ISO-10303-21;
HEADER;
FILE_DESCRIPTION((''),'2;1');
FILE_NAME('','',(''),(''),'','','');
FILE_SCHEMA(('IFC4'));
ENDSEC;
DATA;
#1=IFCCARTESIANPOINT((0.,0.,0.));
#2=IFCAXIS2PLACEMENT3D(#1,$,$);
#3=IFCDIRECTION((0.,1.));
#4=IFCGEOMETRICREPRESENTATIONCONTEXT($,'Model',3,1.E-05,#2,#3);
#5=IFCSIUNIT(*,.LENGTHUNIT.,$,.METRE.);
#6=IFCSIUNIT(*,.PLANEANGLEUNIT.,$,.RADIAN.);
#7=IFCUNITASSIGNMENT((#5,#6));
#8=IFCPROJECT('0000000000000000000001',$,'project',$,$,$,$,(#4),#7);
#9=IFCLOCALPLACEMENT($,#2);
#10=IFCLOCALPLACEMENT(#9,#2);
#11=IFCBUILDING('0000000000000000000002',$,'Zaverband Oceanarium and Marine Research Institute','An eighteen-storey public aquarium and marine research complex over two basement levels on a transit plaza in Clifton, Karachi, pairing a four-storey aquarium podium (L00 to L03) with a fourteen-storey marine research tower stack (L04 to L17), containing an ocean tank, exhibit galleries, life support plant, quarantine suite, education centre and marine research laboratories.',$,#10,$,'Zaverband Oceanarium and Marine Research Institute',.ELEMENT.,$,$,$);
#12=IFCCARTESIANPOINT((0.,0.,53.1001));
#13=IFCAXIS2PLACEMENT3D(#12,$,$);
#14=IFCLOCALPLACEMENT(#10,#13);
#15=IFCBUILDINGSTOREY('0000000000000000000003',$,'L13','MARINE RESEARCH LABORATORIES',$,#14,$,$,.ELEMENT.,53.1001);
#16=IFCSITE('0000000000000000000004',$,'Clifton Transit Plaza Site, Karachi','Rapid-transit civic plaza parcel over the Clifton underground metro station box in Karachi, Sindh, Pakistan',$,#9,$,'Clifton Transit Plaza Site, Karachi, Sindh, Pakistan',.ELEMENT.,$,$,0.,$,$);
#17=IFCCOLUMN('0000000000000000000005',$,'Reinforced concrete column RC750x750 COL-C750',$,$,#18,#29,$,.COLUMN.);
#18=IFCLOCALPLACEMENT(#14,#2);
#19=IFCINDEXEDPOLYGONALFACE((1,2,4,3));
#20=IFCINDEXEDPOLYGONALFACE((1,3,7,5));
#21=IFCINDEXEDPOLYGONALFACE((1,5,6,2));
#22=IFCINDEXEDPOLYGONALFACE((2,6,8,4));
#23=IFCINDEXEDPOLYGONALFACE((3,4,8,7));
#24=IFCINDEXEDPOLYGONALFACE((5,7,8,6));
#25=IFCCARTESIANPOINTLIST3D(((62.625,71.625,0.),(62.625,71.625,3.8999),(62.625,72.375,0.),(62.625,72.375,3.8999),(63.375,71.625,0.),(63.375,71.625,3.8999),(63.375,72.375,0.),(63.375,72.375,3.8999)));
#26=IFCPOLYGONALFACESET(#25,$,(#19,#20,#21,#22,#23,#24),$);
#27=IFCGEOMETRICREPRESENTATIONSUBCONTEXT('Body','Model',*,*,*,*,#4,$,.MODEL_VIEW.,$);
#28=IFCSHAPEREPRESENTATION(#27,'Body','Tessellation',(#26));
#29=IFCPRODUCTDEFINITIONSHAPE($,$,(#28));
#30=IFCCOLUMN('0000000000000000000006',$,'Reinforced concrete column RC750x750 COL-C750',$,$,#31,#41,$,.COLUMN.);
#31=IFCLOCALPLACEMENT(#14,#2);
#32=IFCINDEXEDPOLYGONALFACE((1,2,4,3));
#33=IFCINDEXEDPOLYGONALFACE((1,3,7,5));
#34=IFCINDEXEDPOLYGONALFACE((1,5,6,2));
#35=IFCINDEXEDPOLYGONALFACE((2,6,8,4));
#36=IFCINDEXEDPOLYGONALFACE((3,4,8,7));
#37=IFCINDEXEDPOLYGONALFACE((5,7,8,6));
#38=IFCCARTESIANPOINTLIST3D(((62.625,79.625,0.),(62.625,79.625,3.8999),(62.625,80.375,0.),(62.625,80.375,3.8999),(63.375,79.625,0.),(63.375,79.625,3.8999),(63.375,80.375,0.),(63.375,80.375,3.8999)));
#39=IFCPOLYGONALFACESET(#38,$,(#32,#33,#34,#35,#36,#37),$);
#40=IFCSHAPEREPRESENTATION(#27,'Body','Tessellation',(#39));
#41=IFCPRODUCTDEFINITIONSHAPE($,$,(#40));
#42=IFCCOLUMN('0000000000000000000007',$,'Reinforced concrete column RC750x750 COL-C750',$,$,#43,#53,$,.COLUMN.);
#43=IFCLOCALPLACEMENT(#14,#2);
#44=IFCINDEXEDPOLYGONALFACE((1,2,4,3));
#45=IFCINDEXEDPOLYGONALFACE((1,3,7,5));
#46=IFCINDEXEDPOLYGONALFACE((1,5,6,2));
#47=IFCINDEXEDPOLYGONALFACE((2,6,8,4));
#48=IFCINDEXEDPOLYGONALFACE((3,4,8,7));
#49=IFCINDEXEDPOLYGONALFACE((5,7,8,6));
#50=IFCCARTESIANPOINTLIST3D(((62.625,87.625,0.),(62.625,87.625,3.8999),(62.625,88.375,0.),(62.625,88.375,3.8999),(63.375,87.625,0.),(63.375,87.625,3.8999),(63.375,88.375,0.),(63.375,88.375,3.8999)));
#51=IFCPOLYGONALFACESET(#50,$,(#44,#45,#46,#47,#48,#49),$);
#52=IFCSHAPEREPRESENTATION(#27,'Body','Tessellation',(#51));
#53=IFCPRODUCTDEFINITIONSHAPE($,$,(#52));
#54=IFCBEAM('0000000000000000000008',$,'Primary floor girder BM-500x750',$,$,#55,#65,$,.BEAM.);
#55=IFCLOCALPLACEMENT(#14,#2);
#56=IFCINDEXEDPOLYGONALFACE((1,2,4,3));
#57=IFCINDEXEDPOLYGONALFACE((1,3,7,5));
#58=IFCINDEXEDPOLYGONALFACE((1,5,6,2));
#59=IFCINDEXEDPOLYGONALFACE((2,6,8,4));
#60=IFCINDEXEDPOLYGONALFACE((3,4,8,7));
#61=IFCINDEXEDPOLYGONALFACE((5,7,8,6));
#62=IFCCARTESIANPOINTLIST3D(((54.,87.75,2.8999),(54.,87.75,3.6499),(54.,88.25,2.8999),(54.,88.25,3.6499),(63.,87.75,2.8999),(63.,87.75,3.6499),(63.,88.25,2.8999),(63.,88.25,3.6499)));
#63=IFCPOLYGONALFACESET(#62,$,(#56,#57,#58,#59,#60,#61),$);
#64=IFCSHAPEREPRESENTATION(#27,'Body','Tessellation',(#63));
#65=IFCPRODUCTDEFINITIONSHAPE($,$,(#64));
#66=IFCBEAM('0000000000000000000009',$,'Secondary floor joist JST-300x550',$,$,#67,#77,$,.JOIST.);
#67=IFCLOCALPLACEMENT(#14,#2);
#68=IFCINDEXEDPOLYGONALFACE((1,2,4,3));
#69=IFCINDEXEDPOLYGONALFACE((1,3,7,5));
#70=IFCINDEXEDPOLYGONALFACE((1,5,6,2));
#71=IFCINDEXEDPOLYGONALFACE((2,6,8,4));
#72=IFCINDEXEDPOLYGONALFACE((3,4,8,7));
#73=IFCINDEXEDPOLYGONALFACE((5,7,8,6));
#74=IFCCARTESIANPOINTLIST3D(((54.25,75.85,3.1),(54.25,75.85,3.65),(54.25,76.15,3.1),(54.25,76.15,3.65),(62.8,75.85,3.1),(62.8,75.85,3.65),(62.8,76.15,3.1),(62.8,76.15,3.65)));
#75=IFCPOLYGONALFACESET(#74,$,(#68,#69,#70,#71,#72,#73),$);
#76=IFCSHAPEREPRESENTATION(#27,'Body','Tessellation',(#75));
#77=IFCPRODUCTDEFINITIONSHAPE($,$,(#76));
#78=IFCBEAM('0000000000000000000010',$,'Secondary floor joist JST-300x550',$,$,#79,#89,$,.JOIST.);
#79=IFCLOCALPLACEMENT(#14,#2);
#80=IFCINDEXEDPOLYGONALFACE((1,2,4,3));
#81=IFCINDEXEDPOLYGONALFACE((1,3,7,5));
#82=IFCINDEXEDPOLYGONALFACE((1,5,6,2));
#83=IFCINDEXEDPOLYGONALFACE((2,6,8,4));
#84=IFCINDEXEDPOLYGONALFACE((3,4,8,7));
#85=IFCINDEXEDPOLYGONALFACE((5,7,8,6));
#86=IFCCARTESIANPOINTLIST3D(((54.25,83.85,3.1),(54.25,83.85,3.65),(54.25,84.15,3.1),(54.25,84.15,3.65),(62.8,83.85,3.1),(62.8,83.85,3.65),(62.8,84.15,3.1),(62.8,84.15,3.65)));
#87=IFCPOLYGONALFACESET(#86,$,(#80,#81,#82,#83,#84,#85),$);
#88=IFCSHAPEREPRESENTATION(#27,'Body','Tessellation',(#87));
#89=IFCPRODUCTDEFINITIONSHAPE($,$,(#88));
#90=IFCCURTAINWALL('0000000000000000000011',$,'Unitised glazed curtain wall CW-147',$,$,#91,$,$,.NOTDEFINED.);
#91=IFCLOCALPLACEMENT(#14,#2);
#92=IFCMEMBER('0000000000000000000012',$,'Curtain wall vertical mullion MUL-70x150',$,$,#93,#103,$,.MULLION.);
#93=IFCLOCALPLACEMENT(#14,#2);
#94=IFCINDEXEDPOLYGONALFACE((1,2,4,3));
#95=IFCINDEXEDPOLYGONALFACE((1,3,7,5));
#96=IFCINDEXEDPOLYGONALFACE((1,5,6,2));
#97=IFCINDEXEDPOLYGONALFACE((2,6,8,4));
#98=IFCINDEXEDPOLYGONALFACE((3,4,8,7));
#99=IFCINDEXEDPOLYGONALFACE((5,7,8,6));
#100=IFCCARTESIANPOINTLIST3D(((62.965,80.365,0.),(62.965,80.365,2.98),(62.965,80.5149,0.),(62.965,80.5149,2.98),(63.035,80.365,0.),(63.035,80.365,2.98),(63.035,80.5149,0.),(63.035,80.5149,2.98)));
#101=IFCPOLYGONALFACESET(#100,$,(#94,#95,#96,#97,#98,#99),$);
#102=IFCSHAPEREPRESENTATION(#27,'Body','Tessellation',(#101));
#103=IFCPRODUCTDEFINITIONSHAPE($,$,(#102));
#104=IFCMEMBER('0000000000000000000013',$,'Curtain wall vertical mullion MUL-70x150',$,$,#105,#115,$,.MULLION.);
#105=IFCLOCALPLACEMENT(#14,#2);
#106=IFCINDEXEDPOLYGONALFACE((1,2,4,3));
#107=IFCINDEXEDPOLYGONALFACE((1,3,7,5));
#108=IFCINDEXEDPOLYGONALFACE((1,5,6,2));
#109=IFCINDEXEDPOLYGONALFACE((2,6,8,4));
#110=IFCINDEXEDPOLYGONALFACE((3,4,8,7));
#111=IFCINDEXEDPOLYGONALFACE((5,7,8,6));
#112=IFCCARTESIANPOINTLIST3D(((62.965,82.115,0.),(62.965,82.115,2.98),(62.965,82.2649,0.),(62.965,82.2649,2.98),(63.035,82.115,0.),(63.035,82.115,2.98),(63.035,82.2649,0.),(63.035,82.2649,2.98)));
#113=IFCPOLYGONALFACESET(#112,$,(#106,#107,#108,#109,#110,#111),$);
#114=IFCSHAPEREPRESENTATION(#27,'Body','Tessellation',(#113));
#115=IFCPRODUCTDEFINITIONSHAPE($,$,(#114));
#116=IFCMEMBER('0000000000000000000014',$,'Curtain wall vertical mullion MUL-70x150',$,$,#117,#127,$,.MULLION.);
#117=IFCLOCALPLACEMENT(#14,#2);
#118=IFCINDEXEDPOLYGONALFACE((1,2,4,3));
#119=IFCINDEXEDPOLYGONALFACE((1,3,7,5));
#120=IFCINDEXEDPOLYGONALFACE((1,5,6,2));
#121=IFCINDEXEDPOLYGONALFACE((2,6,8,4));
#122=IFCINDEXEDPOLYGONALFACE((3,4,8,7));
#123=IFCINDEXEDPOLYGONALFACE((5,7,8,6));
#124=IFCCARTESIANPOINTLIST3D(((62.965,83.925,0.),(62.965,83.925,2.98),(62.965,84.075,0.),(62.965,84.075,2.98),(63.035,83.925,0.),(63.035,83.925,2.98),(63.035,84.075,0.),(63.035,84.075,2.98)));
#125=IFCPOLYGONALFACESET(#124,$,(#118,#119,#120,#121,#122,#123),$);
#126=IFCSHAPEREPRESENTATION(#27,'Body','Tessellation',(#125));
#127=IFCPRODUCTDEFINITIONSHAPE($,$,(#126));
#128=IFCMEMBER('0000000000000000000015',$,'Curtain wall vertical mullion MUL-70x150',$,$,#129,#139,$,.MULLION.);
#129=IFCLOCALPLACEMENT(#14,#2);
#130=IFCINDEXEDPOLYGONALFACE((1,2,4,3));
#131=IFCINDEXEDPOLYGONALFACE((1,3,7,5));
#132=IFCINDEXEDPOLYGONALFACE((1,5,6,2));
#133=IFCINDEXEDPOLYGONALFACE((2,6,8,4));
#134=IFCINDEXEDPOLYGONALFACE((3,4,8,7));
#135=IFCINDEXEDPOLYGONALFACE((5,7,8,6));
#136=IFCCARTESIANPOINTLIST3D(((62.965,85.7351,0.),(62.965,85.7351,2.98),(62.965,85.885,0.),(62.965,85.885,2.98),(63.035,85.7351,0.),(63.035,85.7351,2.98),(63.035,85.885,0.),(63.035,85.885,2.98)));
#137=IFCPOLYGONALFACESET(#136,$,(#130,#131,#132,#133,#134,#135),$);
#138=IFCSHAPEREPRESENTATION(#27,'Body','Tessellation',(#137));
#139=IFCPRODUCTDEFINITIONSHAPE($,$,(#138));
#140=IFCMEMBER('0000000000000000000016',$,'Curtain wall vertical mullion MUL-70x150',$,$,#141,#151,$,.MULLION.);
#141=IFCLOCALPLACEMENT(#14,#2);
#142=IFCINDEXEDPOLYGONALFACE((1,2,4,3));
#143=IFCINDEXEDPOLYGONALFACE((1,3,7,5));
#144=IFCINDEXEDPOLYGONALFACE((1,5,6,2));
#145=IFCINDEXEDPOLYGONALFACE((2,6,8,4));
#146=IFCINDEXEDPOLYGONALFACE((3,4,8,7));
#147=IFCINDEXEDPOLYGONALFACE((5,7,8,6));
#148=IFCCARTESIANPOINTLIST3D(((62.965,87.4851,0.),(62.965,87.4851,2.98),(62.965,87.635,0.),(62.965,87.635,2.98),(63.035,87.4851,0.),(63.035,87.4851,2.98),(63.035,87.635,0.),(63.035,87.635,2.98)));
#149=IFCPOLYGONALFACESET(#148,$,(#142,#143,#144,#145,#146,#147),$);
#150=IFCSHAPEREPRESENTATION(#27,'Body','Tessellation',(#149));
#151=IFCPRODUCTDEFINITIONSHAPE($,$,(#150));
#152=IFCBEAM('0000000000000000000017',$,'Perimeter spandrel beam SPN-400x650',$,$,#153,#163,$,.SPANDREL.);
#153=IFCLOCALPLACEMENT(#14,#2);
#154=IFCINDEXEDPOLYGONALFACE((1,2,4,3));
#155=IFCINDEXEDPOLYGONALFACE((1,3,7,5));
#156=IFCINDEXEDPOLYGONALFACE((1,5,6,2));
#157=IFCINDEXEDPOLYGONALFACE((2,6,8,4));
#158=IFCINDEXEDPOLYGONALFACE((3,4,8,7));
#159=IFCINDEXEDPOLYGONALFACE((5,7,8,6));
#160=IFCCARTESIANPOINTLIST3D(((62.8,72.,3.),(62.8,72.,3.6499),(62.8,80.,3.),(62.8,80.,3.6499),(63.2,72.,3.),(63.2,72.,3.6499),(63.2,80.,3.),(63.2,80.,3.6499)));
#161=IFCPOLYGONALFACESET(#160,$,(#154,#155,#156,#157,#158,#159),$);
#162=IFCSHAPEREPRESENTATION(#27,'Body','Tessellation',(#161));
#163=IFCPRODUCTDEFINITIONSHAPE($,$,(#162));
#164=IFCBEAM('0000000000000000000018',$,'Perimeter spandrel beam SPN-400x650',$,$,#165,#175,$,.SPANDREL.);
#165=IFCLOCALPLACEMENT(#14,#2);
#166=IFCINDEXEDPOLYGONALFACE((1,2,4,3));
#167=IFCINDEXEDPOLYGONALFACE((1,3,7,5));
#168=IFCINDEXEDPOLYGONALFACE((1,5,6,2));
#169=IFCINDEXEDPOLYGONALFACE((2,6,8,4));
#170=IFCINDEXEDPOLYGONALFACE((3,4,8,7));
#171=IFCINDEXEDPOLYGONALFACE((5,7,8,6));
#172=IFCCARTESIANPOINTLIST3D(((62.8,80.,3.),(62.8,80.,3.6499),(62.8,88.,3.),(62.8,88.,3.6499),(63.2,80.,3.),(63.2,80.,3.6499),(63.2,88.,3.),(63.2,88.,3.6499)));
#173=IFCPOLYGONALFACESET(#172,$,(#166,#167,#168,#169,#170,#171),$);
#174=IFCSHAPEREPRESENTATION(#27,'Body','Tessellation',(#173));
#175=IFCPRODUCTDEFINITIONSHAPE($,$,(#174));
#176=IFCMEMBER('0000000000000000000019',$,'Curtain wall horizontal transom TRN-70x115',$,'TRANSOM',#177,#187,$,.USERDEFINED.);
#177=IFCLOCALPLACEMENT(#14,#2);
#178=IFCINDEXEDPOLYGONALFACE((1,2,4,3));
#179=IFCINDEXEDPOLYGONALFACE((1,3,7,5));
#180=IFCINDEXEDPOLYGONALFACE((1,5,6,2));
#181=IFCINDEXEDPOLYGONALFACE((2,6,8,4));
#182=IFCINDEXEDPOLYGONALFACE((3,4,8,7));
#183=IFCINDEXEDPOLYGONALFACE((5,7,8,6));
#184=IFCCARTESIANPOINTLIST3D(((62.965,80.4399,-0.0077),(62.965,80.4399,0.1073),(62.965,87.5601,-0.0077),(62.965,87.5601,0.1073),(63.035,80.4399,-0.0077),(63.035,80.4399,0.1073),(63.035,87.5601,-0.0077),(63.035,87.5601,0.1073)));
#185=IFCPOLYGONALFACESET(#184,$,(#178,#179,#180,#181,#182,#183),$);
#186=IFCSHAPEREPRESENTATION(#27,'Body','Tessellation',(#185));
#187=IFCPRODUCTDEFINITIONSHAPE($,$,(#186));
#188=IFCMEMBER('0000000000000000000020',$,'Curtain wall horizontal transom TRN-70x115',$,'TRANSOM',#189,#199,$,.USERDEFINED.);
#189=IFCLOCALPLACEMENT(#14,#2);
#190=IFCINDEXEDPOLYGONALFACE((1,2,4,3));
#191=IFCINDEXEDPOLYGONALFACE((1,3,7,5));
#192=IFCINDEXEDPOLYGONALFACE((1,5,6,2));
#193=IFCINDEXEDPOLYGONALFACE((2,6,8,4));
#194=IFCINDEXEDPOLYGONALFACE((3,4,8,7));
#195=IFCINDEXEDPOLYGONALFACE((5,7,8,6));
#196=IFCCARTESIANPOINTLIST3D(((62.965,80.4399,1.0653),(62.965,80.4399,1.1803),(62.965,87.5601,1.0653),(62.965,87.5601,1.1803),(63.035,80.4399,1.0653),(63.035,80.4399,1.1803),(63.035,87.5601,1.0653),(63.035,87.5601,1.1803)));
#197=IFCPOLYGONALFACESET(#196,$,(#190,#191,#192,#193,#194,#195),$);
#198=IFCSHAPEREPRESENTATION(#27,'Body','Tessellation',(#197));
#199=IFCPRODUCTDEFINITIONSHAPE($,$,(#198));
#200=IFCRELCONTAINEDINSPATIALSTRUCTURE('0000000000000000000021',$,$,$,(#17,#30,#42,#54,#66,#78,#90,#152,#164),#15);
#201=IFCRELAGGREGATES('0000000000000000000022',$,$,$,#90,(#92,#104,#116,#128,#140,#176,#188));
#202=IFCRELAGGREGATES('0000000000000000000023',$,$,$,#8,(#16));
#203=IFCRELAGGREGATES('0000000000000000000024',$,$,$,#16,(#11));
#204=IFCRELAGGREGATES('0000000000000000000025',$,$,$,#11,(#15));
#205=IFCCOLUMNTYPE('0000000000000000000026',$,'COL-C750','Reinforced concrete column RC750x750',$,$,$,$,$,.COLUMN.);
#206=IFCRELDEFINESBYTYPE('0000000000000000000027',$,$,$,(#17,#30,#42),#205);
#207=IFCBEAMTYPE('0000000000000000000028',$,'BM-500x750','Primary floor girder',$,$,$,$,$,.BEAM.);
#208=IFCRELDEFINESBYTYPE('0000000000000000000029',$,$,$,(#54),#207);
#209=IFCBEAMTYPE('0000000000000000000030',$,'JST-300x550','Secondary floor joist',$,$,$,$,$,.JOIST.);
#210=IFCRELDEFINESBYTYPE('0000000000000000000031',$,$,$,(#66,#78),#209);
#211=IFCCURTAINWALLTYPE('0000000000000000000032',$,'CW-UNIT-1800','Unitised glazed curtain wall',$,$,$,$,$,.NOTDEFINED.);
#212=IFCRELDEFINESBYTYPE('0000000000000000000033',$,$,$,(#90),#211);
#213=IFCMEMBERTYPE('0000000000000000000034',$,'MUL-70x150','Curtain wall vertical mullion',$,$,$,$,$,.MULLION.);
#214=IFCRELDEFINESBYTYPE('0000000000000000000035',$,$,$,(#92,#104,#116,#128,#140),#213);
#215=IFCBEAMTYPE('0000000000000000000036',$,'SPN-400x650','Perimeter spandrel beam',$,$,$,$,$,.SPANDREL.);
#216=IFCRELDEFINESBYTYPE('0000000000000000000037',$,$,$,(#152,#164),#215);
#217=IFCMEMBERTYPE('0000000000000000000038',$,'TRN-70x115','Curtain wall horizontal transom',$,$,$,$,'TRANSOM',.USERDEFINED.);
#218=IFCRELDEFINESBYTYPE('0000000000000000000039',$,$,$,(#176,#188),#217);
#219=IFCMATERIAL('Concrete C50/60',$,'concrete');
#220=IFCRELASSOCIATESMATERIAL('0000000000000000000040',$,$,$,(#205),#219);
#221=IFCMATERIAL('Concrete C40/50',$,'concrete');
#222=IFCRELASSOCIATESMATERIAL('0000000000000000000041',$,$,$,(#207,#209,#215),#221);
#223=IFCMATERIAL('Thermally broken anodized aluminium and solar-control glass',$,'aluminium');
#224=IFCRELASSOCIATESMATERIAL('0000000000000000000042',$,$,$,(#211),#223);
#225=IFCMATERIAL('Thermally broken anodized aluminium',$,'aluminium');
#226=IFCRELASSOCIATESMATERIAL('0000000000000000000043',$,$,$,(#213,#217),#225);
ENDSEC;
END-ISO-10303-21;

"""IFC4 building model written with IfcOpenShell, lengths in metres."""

from ifc_helpers import new_model, si_unit, direction, frame, origin, origin_2d, place, context, subcontext, project, spatial, rectangle, extrude, material, material_profile, profile_set, type_object, element, aggregate, save


model = new_model("IFC4")

# Units and contexts
model_context = context("Model", 3, precision=1e-05, world=origin(), true_north=direction((0.0, 1.0)))
body_context = subcontext(model_context, "Body", "Model", "MODEL_VIEW")
ifc_project = project(units=[si_unit("LENGTHUNIT", "METRE"), si_unit("PLANEANGLEUNIT", "RADIAN")], contexts=[model_context])

# Site, building, storey
site_placement = place(None, origin())
site = spatial("IfcSite", under=ifc_project, at=site_placement, Name="Clifton Transit Plaza Site, Karachi", Description="Rapid-transit civic plaza parcel over the Clifton underground metro station box in Karachi, Sindh, Pakistan", LongName="Clifton Transit Plaza Site, Karachi, Sindh, Pakistan", CompositionType="ELEMENT", RefElevation=0.0)
building_placement = place(site_placement, origin())
building = spatial("IfcBuilding", under=site, at=building_placement, Name="Zaverband Oceanarium and Marine Research Institute", Description="An eighteen-storey public aquarium and marine research complex over two basement levels on a transit plaza in Clifton, Karachi, pairing a four-storey aquarium podium (L00 to L03) with a fourteen-storey marine research tower stack (L04 to L17), containing an ocean tank, exhibit galleries, life support plant, quarantine suite, education centre and marine research laboratories.", LongName="Zaverband Oceanarium and Marine Research Institute", CompositionType="ELEMENT")
storey_placement = place(building_placement, frame((0.0, 0.0, 53.1001)))
storey = spatial("IfcBuildingStorey", under=building, at=storey_placement, Name="L13", Description="MARINE RESEARCH LABORATORIES", CompositionType="ELEMENT", Elevation=53.1001)

# Columns
ifc_material_1 = material(Name="Concrete C50/60", Category="concrete")
ifc_material_profile_1 = material_profile(ifc_material_1, rectangle(XDim=0.75, YDim=0.75, at=origin_2d()), Name="RC750x750")
ifc_profile_set_1 = profile_set([ifc_material_profile_1], Name="Concrete C50/60")
column_type = type_object("IfcColumnType", Name="COL-C750", Description="Reinforced concrete column RC750x750", PredefinedType="COLUMN", material=ifc_profile_set_1)
for number, where, z_axis, x_axis, name in (
    (1, (63.0, 72.0, 0.0), (0.0, 0.0, 1.0), (1.0, 0.0, 0.0), "Reinforced concrete column RC750x750 COL-C750"),
    (2, (63.0, 80.0, 0.0), (0.0, 0.0, 1.0), (1.0, 0.0, 0.0), "Reinforced concrete column RC750x750 COL-C750"),
    (3, (63.0, 88.0, 0.0), (0.0, 0.0, 1.0), (1.0, 0.0, 0.0), "Reinforced concrete column RC750x750 COL-C750"),
):
    element("IfcColumn", number, at=place(storey_placement, frame(where, z_axis=z_axis, x_axis=x_axis)), inside=storey, type_object=column_type, Name=name, PredefinedType="COLUMN", context=body_context, shape_type="SweptSolid", body=[
        extrude(rectangle(XDim=0.75, YDim=0.75, at=origin_2d()), origin(), (0.0, 0.0, 1.0), 3.8999),
    ])

# Beams
ifc_material_2 = material(Name="Concrete C40/50", Category="concrete")
ifc_material_profile_2 = material_profile(ifc_material_2, rectangle(XDim=0.5, YDim=0.75, at=origin_2d()), Name="RC500x750")
ifc_profile_set_2 = profile_set([ifc_material_profile_2], Name="Concrete C40/50")
beam_type_1 = type_object("IfcBeamType", Name="BM-500x750", Description="Primary floor girder", PredefinedType="BEAM", material=ifc_profile_set_2)
beam_placement = place(storey_placement, frame((54.0, 88.0, 3.2749), z_axis=(1.0, 0.0, 0.0), x_axis=(0.0, 1.0, 0.0)))
element("IfcBeam", 4, at=beam_placement, inside=storey, type_object=beam_type_1, Name="Primary floor girder BM-500x750", PredefinedType="BEAM", context=body_context, shape_type="SweptSolid", body=[
    extrude(rectangle(XDim=0.5, YDim=0.75, at=origin_2d()), origin(), (0.0, 0.0, 1.0), 9.0),
])
ifc_material_profile_3 = material_profile(ifc_material_2, rectangle(XDim=0.3, YDim=0.55, at=origin_2d()), Name="RC300x550")
ifc_profile_set_3 = profile_set([ifc_material_profile_3], Name="Concrete C40/50")
beam_type_2 = type_object("IfcBeamType", Name="JST-300x550", Description="Secondary floor joist", PredefinedType="JOIST", material=ifc_profile_set_3)
for number, where, z_axis, x_axis, name in (
    (5, (54.25, 76.0, 3.375), (1.0, 0.0, 0.0), (0.0, 1.0, 0.0), "Secondary floor joist JST-300x550"),
    (6, (54.25, 84.0, 3.375), (1.0, 0.0, 0.0), (0.0, 1.0, 0.0), "Secondary floor joist JST-300x550"),
):
    element("IfcBeam", number, at=place(storey_placement, frame(where, z_axis=z_axis, x_axis=x_axis)), inside=storey, type_object=beam_type_2, Name=name, PredefinedType="JOIST", context=body_context, shape_type="SweptSolid", body=[
        extrude(rectangle(XDim=0.3, YDim=0.55, at=origin_2d()), origin(), (0.0, 0.0, 1.0), 8.55),
    ])

# Curtain wall, members
ifc_material_3 = material(Name="Thermally broken anodized aluminium and solar-control glass", Category="aluminium")
curtain_wall_type = type_object("IfcCurtainWallType", Name="CW-UNIT-1800", Description="Unitised glazed curtain wall", PredefinedType="NOTDEFINED", material=ifc_material_3)
curtain_wall_placement = place(storey_placement, origin())
curtain_wall = element("IfcCurtainWall", 7, at=curtain_wall_placement, inside=storey, type_object=curtain_wall_type, Name="Unitised glazed curtain wall CW-147", PredefinedType="NOTDEFINED")
ifc_material_4 = material(Name="Thermally broken anodized aluminium", Category="aluminium")
ifc_material_profile_4 = material_profile(ifc_material_4, rectangle(XDim=0.0701, YDim=0.1499, at=origin_2d()), Name="AL-MUL-70x150")
ifc_profile_set_4 = profile_set([ifc_material_profile_4], Name="Thermally broken anodized aluminium")
member_type_1 = type_object("IfcMemberType", Name="MUL-70x150", Description="Curtain wall vertical mullion", PredefinedType="MULLION", material=ifc_profile_set_4)
member_1_placement = place(storey_placement, frame((63.0, 80.4399, 0.0), z_axis=(0.0, 0.0, 1.0), x_axis=(1.0, 0.0, 0.0)))
member_1 = element("IfcMember", 8, at=member_1_placement, type_object=member_type_1, Name="Curtain wall vertical mullion MUL-70x150", PredefinedType="MULLION", context=body_context, shape_type="SweptSolid", body=[
    extrude(rectangle(XDim=0.0701, YDim=0.1499, at=origin_2d()), origin(), (0.0, 0.0, 1.0), 2.98),
])
member_2_placement = place(storey_placement, frame((63.0, 82.1899, 0.0), z_axis=(0.0, 0.0, 1.0), x_axis=(1.0, 0.0, 0.0)))
member_2 = element("IfcMember", 9, at=member_2_placement, type_object=member_type_1, Name="Curtain wall vertical mullion MUL-70x150", PredefinedType="MULLION", context=body_context, shape_type="SweptSolid", body=[
    extrude(rectangle(XDim=0.0701, YDim=0.1499, at=origin_2d()), origin(), (0.0, 0.0, 1.0), 2.98),
])
member_3_placement = place(storey_placement, frame((63.0, 84.0, 0.0), z_axis=(0.0, 0.0, 1.0), x_axis=(1.0, 0.0, 0.0)))
member_3 = element("IfcMember", 10, at=member_3_placement, type_object=member_type_1, Name="Curtain wall vertical mullion MUL-70x150", PredefinedType="MULLION", context=body_context, shape_type="SweptSolid", body=[
    extrude(rectangle(XDim=0.0701, YDim=0.1499, at=origin_2d()), origin(), (0.0, 0.0, 1.0), 2.98),
])
member_4_placement = place(storey_placement, frame((63.0, 85.8101, 0.0), z_axis=(0.0, 0.0, 1.0), x_axis=(1.0, 0.0, 0.0)))
member_4 = element("IfcMember", 11, at=member_4_placement, type_object=member_type_1, Name="Curtain wall vertical mullion MUL-70x150", PredefinedType="MULLION", context=body_context, shape_type="SweptSolid", body=[
    extrude(rectangle(XDim=0.0701, YDim=0.1499, at=origin_2d()), origin(), (0.0, 0.0, 1.0), 2.98),
])
member_5_placement = place(storey_placement, frame((63.0, 87.5601, 0.0), z_axis=(0.0, 0.0, 1.0), x_axis=(1.0, 0.0, 0.0)))
member_5 = element("IfcMember", 12, at=member_5_placement, type_object=member_type_1, Name="Curtain wall vertical mullion MUL-70x150", PredefinedType="MULLION", context=body_context, shape_type="SweptSolid", body=[
    extrude(rectangle(XDim=0.0701, YDim=0.1499, at=origin_2d()), origin(), (0.0, 0.0, 1.0), 2.98),
])

# Beams
ifc_material_profile_5 = material_profile(ifc_material_2, rectangle(XDim=0.3999, YDim=0.6499, at=origin_2d()), Name="RC400x650")
ifc_profile_set_5 = profile_set([ifc_material_profile_5], Name="Concrete C40/50")
beam_type_3 = type_object("IfcBeamType", Name="SPN-400x650", Description="Perimeter spandrel beam", PredefinedType="SPANDREL", material=ifc_profile_set_5)
for number, where, z_axis, x_axis, name in (
    (13, (63.0, 72.0, 3.325), (0.0, 1.0, 0.0), (-1.0, 0.0, 0.0), "Perimeter spandrel beam SPN-400x650"),
    (14, (63.0, 80.0, 3.325), (0.0, 1.0, 0.0), (-1.0, 0.0, 0.0), "Perimeter spandrel beam SPN-400x650"),
):
    element("IfcBeam", number, at=place(storey_placement, frame(where, z_axis=z_axis, x_axis=x_axis)), inside=storey, type_object=beam_type_3, Name=name, PredefinedType="SPANDREL", context=body_context, shape_type="SweptSolid", body=[
        extrude(rectangle(XDim=0.3999, YDim=0.6499, at=origin_2d()), origin(), (0.0, 0.0, 1.0), 8.0),
    ])

# Members
ifc_material_profile_6 = material_profile(ifc_material_4, rectangle(XDim=0.0701, YDim=0.115, at=origin_2d()), Name="AL-TRN-70x115")
ifc_profile_set_6 = profile_set([ifc_material_profile_6], Name="Thermally broken anodized aluminium")
member_type_2 = type_object("IfcMemberType", Name="TRN-70x115", Description="Curtain wall horizontal transom", ElementType="TRANSOM", PredefinedType="USERDEFINED", material=ifc_profile_set_6)
member_6_placement = place(storey_placement, frame((63.0, 80.4399, 0.0498), z_axis=(0.0, 1.0, 0.0), x_axis=(-1.0, 0.0, 0.0)))
member_6 = element("IfcMember", 15, at=member_6_placement, type_object=member_type_2, Name="Curtain wall horizontal transom TRN-70x115", ObjectType="TRANSOM", PredefinedType="USERDEFINED", context=body_context, shape_type="SweptSolid", body=[
    extrude(rectangle(XDim=0.0701, YDim=0.115, at=origin_2d()), origin(), (0.0, 0.0, 1.0), 7.1201),
])
member_7_placement = place(storey_placement, frame((63.0, 80.4399, 1.1228), z_axis=(0.0, 1.0, 0.0), x_axis=(-1.0, 0.0, 0.0)))
member_7 = element("IfcMember", 16, at=member_7_placement, type_object=member_type_2, Name="Curtain wall horizontal transom TRN-70x115", ObjectType="TRANSOM", PredefinedType="USERDEFINED", context=body_context, shape_type="SweptSolid", body=[
    extrude(rectangle(XDim=0.0701, YDim=0.115, at=origin_2d()), origin(), (0.0, 0.0, 1.0), 7.1201),
])

aggregate(curtain_wall, [member_1, member_2, member_3, member_4, member_5, member_6, member_7])

save(model, "model.ifc")
